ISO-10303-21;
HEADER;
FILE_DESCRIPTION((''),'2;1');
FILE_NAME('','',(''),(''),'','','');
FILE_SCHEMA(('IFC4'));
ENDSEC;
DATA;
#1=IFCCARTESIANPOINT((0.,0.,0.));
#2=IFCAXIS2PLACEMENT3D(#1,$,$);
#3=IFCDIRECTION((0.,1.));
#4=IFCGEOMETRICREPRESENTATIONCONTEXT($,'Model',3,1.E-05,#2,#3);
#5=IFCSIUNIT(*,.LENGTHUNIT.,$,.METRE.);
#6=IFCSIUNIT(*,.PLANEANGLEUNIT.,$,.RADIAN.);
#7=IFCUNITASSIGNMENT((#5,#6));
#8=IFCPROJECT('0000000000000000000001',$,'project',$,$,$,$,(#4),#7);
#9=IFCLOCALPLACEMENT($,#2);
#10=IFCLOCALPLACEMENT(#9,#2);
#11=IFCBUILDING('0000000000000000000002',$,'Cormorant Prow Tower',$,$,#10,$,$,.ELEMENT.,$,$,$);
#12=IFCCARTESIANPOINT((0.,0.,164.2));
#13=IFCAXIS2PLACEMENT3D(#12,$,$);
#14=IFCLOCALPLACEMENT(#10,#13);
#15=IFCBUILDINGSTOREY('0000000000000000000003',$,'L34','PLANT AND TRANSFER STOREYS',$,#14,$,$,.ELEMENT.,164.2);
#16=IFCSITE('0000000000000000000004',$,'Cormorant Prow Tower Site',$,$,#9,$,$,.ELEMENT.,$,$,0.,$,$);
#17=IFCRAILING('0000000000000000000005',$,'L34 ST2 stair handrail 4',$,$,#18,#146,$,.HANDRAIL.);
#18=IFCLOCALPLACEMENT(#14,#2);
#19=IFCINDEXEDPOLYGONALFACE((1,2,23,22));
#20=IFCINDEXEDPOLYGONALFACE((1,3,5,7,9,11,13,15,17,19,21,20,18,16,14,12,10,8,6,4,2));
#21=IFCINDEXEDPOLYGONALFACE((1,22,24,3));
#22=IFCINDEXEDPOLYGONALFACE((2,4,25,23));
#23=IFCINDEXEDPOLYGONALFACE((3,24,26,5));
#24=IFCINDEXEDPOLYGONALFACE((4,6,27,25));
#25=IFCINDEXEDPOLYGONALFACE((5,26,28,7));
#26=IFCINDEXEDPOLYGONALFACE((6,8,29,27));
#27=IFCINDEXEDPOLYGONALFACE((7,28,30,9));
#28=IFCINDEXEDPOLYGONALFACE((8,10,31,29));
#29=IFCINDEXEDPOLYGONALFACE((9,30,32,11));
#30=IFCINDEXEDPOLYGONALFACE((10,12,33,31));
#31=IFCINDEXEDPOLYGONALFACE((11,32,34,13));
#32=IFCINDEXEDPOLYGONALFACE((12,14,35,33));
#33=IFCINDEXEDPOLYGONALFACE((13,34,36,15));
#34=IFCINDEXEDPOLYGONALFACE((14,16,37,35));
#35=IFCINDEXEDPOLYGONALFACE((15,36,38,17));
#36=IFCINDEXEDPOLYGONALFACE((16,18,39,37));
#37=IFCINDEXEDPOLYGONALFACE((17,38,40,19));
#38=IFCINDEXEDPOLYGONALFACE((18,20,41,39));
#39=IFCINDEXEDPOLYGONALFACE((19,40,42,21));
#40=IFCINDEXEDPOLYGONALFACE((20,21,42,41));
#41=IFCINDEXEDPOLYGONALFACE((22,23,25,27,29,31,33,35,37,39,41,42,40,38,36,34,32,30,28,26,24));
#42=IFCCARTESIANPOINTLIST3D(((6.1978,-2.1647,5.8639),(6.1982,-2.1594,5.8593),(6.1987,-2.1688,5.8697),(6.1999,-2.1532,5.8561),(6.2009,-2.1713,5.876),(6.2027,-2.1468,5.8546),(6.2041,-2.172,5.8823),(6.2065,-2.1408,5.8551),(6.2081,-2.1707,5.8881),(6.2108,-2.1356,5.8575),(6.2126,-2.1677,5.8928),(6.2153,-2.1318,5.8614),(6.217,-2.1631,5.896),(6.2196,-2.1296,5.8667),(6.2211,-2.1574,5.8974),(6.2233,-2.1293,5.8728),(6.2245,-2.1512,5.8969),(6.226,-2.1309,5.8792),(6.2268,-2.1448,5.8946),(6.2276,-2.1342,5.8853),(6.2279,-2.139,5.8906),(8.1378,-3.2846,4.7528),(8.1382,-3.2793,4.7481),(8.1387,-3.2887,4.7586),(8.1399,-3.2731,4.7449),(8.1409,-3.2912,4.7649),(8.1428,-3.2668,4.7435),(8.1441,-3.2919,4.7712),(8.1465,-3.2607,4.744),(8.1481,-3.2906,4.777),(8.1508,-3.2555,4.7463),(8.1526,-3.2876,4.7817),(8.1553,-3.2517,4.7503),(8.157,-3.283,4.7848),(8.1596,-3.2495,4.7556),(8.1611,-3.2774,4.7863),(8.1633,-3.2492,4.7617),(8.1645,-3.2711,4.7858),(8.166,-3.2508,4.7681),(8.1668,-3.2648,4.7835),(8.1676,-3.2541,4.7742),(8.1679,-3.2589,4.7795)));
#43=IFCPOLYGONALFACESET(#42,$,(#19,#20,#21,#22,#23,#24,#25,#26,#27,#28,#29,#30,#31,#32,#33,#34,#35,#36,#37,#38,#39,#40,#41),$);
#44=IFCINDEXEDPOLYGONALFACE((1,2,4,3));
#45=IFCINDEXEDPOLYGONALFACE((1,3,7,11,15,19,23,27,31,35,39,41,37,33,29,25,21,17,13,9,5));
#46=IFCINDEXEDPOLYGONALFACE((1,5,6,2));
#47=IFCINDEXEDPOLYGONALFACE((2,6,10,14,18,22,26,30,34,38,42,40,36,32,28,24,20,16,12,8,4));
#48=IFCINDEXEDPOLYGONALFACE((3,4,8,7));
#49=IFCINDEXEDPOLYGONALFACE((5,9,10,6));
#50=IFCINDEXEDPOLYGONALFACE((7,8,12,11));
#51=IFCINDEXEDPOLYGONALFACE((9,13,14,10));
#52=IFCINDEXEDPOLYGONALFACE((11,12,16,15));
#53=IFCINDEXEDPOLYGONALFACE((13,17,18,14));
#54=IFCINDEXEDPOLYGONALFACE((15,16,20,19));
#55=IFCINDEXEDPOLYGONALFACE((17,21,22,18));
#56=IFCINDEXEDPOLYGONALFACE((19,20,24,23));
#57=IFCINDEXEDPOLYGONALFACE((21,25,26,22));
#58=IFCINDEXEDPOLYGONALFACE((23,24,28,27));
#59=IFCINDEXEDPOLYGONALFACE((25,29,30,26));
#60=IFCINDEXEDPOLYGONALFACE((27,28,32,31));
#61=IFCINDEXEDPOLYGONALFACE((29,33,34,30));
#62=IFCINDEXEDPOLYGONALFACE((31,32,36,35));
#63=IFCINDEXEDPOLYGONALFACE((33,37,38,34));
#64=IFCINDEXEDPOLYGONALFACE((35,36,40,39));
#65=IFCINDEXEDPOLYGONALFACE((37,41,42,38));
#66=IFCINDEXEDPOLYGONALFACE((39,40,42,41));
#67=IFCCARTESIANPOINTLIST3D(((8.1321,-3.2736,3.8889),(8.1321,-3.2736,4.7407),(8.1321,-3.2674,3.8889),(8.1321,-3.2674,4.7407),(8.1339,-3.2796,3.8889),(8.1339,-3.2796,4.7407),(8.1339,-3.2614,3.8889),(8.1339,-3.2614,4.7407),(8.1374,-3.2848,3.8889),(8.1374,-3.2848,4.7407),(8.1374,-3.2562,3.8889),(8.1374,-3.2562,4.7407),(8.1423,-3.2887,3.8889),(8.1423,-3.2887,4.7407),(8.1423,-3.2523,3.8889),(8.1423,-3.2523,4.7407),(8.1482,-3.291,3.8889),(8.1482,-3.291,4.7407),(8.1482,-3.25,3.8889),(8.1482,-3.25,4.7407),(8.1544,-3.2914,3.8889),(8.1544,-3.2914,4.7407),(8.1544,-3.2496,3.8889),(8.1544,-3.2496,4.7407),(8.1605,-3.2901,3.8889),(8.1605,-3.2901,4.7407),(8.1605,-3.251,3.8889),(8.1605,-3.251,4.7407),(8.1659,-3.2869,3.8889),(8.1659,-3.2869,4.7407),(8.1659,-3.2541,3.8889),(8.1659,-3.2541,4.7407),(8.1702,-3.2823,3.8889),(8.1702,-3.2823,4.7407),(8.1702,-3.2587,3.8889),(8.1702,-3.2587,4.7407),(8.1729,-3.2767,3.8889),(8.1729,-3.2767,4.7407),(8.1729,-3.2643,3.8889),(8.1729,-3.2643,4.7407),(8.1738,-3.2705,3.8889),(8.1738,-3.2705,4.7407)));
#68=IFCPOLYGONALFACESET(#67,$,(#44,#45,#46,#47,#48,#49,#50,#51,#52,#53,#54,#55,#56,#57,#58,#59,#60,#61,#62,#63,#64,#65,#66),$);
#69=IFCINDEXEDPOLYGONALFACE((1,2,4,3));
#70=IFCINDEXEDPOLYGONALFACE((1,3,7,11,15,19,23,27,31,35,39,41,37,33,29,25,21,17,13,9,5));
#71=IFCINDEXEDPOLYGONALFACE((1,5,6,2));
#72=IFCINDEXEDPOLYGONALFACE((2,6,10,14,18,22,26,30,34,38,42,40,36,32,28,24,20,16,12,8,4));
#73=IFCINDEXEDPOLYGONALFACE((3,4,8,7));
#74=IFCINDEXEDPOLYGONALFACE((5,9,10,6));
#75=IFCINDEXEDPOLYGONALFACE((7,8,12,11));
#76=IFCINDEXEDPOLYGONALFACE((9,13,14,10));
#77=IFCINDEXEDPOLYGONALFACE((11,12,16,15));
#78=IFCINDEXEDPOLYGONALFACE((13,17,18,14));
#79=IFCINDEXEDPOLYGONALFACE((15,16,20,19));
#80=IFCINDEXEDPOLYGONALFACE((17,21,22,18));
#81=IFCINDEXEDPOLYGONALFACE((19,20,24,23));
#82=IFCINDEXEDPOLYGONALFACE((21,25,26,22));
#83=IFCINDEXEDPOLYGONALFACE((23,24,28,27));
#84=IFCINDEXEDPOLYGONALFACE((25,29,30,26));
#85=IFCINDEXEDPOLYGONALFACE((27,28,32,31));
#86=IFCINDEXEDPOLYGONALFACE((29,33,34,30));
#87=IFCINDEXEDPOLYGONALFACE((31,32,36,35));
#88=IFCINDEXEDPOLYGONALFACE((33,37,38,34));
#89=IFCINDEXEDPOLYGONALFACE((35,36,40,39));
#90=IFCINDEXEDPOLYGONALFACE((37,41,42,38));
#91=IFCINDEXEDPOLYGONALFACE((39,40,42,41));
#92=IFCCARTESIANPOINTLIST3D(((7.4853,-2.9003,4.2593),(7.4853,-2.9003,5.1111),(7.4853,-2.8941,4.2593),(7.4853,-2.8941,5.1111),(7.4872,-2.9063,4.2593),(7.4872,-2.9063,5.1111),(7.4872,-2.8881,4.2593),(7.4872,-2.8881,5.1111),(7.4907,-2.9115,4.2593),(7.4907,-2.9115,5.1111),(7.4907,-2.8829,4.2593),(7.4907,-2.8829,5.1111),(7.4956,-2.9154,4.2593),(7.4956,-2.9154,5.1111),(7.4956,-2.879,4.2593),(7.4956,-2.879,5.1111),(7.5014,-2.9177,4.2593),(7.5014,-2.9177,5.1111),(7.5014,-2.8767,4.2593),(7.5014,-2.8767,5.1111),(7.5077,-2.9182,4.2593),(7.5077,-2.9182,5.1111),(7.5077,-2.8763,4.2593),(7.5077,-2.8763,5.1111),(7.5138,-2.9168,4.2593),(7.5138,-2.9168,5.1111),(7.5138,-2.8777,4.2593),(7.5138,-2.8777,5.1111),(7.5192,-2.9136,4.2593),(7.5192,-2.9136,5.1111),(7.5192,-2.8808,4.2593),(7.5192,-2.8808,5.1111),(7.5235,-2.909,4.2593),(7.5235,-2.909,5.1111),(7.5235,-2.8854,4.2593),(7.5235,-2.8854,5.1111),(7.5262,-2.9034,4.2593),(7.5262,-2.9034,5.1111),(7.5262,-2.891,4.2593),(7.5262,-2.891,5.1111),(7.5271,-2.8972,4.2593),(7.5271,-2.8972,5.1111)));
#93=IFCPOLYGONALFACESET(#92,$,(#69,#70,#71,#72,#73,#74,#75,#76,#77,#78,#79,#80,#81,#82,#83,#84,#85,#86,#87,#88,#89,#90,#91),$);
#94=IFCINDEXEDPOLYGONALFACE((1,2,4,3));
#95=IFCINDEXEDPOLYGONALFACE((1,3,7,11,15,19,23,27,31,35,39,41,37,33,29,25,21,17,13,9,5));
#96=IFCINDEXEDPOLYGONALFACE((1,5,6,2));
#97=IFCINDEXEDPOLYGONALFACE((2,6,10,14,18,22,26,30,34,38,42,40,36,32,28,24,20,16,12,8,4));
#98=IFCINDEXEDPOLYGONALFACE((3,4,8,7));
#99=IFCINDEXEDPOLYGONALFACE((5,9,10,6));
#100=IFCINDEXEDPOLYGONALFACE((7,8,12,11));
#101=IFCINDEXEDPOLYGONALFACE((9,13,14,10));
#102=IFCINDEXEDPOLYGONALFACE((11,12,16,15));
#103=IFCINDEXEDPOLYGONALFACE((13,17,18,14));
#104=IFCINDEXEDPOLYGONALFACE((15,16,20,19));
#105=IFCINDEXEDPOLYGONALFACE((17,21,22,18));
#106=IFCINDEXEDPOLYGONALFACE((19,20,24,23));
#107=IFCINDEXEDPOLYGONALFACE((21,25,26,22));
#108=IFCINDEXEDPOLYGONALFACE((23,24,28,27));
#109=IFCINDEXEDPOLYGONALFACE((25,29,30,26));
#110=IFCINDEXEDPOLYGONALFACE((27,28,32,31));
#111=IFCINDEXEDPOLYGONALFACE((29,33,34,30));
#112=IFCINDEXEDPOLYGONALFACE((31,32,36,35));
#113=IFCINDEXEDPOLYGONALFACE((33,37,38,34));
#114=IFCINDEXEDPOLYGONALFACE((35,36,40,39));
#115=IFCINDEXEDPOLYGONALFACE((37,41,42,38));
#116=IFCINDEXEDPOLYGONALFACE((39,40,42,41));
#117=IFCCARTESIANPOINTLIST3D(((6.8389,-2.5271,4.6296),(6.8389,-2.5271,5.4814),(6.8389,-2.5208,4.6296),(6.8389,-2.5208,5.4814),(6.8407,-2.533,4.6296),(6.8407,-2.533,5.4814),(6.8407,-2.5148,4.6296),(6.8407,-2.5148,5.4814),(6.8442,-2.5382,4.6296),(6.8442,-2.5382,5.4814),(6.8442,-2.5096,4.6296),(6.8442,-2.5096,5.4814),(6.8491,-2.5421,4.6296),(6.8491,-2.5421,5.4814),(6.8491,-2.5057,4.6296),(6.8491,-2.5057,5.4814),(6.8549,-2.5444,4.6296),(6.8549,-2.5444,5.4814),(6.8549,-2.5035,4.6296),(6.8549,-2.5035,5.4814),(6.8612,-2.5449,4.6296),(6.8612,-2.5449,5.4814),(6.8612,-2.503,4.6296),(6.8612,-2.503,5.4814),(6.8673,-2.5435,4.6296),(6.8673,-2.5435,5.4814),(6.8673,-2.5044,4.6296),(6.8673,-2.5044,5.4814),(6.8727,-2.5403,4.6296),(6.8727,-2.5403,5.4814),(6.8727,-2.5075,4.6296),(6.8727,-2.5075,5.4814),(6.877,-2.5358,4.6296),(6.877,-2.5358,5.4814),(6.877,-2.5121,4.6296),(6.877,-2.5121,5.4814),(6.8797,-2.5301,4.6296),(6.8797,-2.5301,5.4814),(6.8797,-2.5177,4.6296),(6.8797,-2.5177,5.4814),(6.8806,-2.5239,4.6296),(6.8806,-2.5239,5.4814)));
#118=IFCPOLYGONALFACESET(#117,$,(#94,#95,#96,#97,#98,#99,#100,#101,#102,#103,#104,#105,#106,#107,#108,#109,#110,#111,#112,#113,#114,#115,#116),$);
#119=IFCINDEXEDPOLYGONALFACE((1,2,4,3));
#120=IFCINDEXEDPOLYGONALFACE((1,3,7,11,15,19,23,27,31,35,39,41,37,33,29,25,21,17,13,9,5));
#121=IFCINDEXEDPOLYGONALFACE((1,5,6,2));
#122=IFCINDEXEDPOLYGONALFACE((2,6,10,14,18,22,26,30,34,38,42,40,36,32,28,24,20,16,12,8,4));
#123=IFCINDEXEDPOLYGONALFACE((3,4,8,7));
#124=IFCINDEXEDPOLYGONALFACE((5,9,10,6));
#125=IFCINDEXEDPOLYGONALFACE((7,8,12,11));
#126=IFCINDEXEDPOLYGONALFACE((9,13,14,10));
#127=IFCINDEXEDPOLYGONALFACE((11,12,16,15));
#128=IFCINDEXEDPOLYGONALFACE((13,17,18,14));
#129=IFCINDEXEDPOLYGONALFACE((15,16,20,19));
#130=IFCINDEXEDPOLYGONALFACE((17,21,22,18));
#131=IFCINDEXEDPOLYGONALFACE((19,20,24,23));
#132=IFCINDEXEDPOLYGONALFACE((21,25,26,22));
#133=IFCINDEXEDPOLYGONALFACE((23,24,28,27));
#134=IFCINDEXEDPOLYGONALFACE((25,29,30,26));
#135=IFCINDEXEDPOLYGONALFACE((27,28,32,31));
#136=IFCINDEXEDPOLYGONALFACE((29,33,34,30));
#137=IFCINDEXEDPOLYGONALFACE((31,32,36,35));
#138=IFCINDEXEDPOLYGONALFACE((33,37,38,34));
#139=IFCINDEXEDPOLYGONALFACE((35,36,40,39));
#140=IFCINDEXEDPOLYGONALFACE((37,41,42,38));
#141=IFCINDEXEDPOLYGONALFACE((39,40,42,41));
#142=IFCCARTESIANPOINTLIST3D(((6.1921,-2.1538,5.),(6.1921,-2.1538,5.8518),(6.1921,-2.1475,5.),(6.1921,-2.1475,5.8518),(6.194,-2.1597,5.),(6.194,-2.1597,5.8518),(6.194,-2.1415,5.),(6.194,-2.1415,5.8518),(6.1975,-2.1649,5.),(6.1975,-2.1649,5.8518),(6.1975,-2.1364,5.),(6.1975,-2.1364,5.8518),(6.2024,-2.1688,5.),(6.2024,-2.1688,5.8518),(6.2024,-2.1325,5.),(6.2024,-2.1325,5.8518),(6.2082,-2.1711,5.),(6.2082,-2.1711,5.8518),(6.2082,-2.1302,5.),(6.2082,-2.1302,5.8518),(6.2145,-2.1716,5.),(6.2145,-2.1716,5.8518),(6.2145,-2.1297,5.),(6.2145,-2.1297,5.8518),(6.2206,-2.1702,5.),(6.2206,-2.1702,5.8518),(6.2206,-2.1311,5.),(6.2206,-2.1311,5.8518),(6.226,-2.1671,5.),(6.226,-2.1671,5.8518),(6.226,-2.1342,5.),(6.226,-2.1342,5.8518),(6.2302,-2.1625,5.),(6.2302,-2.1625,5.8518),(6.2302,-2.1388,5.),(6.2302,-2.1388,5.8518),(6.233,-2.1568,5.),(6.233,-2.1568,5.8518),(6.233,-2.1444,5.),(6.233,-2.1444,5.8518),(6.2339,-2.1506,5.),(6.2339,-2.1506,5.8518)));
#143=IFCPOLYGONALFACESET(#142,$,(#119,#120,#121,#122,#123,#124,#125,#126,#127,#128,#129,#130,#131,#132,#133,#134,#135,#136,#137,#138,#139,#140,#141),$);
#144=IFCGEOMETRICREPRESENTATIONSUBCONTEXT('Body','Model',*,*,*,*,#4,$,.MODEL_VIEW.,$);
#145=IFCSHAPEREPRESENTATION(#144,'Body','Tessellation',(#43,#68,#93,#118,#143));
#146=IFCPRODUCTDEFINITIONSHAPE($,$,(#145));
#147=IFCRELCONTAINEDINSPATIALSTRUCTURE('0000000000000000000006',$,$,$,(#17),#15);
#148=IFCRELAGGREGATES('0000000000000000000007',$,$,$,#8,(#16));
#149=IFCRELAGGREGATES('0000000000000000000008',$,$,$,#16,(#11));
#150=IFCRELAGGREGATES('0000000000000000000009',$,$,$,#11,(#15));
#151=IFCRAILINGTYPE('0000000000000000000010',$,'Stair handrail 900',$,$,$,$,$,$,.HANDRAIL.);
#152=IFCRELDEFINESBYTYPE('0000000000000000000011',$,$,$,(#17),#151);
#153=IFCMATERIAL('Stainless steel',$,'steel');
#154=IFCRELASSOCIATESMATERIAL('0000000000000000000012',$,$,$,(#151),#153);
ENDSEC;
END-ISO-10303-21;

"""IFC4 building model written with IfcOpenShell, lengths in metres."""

from ifc_helpers import new_model, si_unit, direction, frame, origin, origin_2d, place, context, subcontext, project, spatial, circle, extrude, material, type_object, element, save


model = new_model("IFC4")

# Units and contexts
model_context = context("Model", 3, precision=1e-05, world=origin(), true_north=direction((0.0, 1.0)))
body_context = subcontext(model_context, "Body", "Model", "MODEL_VIEW")
ifc_project = project(units=[si_unit("LENGTHUNIT", "METRE"), si_unit("PLANEANGLEUNIT", "RADIAN")], contexts=[model_context])

# Site, building, storey
site_placement = place(None, origin())
site = spatial("IfcSite", under=ifc_project, at=site_placement, Name="Cormorant Prow Tower Site", CompositionType="ELEMENT", RefElevation=0.0)
building_placement = place(site_placement, origin())
building = spatial("IfcBuilding", under=site, at=building_placement, Name="Cormorant Prow Tower", CompositionType="ELEMENT")
storey_placement = place(building_placement, frame((0.0, 0.0, 164.2)))
storey = spatial("IfcBuildingStorey", under=building, at=storey_placement, Name="L34", Description="PLANT AND TRANSFER STOREYS", CompositionType="ELEMENT", Elevation=164.2)

# Railing
ifc_material_1 = material(Name="Stainless steel", Category="steel")
railing_type_1 = type_object("IfcRailingType", Name="Stair handrail 900", PredefinedType="HANDRAIL", material=ifc_material_1)
railing_1_placement = place(storey_placement, frame((8.1528, -3.2705, 3.8889)))
element("IfcRailing", 1, at=railing_1_placement, inside=storey, type_object=railing_type_1, Name="L34 ST2 stair handrail 4", PredefinedType="HANDRAIL", context=body_context, shape_type="SweptSolid", body=[
    extrude(circle(Radius=0.0239, at=origin_2d()), frame((0.0, 0.0, 0.876), z_axis=(-0.775853, 0.447878, 0.444363), x_axis=(-0.499949, -0.866055, 0.0)), (0.0, 0.0, 1.0), 2.5005),
    extrude(circle(Radius=0.021, at=origin_2d()), origin(), (0.0, 0.0, 1.0), 0.8518),
    extrude(circle(Radius=0.021, at=origin_2d()), frame((-0.6467, 0.3733, 0.3704)), (0.0, 0.0, 1.0), 0.8518),
    extrude(circle(Radius=0.021, at=origin_2d()), frame((-1.2932, 0.7466, 0.7407)), (0.0, 0.0, 1.0), 0.8518),
    extrude(circle(Radius=0.021, at=origin_2d()), frame((-1.9399, 1.1199, 1.1111)), (0.0, 0.0, 1.0), 0.8518),
])

save(model, "model.ifc")
